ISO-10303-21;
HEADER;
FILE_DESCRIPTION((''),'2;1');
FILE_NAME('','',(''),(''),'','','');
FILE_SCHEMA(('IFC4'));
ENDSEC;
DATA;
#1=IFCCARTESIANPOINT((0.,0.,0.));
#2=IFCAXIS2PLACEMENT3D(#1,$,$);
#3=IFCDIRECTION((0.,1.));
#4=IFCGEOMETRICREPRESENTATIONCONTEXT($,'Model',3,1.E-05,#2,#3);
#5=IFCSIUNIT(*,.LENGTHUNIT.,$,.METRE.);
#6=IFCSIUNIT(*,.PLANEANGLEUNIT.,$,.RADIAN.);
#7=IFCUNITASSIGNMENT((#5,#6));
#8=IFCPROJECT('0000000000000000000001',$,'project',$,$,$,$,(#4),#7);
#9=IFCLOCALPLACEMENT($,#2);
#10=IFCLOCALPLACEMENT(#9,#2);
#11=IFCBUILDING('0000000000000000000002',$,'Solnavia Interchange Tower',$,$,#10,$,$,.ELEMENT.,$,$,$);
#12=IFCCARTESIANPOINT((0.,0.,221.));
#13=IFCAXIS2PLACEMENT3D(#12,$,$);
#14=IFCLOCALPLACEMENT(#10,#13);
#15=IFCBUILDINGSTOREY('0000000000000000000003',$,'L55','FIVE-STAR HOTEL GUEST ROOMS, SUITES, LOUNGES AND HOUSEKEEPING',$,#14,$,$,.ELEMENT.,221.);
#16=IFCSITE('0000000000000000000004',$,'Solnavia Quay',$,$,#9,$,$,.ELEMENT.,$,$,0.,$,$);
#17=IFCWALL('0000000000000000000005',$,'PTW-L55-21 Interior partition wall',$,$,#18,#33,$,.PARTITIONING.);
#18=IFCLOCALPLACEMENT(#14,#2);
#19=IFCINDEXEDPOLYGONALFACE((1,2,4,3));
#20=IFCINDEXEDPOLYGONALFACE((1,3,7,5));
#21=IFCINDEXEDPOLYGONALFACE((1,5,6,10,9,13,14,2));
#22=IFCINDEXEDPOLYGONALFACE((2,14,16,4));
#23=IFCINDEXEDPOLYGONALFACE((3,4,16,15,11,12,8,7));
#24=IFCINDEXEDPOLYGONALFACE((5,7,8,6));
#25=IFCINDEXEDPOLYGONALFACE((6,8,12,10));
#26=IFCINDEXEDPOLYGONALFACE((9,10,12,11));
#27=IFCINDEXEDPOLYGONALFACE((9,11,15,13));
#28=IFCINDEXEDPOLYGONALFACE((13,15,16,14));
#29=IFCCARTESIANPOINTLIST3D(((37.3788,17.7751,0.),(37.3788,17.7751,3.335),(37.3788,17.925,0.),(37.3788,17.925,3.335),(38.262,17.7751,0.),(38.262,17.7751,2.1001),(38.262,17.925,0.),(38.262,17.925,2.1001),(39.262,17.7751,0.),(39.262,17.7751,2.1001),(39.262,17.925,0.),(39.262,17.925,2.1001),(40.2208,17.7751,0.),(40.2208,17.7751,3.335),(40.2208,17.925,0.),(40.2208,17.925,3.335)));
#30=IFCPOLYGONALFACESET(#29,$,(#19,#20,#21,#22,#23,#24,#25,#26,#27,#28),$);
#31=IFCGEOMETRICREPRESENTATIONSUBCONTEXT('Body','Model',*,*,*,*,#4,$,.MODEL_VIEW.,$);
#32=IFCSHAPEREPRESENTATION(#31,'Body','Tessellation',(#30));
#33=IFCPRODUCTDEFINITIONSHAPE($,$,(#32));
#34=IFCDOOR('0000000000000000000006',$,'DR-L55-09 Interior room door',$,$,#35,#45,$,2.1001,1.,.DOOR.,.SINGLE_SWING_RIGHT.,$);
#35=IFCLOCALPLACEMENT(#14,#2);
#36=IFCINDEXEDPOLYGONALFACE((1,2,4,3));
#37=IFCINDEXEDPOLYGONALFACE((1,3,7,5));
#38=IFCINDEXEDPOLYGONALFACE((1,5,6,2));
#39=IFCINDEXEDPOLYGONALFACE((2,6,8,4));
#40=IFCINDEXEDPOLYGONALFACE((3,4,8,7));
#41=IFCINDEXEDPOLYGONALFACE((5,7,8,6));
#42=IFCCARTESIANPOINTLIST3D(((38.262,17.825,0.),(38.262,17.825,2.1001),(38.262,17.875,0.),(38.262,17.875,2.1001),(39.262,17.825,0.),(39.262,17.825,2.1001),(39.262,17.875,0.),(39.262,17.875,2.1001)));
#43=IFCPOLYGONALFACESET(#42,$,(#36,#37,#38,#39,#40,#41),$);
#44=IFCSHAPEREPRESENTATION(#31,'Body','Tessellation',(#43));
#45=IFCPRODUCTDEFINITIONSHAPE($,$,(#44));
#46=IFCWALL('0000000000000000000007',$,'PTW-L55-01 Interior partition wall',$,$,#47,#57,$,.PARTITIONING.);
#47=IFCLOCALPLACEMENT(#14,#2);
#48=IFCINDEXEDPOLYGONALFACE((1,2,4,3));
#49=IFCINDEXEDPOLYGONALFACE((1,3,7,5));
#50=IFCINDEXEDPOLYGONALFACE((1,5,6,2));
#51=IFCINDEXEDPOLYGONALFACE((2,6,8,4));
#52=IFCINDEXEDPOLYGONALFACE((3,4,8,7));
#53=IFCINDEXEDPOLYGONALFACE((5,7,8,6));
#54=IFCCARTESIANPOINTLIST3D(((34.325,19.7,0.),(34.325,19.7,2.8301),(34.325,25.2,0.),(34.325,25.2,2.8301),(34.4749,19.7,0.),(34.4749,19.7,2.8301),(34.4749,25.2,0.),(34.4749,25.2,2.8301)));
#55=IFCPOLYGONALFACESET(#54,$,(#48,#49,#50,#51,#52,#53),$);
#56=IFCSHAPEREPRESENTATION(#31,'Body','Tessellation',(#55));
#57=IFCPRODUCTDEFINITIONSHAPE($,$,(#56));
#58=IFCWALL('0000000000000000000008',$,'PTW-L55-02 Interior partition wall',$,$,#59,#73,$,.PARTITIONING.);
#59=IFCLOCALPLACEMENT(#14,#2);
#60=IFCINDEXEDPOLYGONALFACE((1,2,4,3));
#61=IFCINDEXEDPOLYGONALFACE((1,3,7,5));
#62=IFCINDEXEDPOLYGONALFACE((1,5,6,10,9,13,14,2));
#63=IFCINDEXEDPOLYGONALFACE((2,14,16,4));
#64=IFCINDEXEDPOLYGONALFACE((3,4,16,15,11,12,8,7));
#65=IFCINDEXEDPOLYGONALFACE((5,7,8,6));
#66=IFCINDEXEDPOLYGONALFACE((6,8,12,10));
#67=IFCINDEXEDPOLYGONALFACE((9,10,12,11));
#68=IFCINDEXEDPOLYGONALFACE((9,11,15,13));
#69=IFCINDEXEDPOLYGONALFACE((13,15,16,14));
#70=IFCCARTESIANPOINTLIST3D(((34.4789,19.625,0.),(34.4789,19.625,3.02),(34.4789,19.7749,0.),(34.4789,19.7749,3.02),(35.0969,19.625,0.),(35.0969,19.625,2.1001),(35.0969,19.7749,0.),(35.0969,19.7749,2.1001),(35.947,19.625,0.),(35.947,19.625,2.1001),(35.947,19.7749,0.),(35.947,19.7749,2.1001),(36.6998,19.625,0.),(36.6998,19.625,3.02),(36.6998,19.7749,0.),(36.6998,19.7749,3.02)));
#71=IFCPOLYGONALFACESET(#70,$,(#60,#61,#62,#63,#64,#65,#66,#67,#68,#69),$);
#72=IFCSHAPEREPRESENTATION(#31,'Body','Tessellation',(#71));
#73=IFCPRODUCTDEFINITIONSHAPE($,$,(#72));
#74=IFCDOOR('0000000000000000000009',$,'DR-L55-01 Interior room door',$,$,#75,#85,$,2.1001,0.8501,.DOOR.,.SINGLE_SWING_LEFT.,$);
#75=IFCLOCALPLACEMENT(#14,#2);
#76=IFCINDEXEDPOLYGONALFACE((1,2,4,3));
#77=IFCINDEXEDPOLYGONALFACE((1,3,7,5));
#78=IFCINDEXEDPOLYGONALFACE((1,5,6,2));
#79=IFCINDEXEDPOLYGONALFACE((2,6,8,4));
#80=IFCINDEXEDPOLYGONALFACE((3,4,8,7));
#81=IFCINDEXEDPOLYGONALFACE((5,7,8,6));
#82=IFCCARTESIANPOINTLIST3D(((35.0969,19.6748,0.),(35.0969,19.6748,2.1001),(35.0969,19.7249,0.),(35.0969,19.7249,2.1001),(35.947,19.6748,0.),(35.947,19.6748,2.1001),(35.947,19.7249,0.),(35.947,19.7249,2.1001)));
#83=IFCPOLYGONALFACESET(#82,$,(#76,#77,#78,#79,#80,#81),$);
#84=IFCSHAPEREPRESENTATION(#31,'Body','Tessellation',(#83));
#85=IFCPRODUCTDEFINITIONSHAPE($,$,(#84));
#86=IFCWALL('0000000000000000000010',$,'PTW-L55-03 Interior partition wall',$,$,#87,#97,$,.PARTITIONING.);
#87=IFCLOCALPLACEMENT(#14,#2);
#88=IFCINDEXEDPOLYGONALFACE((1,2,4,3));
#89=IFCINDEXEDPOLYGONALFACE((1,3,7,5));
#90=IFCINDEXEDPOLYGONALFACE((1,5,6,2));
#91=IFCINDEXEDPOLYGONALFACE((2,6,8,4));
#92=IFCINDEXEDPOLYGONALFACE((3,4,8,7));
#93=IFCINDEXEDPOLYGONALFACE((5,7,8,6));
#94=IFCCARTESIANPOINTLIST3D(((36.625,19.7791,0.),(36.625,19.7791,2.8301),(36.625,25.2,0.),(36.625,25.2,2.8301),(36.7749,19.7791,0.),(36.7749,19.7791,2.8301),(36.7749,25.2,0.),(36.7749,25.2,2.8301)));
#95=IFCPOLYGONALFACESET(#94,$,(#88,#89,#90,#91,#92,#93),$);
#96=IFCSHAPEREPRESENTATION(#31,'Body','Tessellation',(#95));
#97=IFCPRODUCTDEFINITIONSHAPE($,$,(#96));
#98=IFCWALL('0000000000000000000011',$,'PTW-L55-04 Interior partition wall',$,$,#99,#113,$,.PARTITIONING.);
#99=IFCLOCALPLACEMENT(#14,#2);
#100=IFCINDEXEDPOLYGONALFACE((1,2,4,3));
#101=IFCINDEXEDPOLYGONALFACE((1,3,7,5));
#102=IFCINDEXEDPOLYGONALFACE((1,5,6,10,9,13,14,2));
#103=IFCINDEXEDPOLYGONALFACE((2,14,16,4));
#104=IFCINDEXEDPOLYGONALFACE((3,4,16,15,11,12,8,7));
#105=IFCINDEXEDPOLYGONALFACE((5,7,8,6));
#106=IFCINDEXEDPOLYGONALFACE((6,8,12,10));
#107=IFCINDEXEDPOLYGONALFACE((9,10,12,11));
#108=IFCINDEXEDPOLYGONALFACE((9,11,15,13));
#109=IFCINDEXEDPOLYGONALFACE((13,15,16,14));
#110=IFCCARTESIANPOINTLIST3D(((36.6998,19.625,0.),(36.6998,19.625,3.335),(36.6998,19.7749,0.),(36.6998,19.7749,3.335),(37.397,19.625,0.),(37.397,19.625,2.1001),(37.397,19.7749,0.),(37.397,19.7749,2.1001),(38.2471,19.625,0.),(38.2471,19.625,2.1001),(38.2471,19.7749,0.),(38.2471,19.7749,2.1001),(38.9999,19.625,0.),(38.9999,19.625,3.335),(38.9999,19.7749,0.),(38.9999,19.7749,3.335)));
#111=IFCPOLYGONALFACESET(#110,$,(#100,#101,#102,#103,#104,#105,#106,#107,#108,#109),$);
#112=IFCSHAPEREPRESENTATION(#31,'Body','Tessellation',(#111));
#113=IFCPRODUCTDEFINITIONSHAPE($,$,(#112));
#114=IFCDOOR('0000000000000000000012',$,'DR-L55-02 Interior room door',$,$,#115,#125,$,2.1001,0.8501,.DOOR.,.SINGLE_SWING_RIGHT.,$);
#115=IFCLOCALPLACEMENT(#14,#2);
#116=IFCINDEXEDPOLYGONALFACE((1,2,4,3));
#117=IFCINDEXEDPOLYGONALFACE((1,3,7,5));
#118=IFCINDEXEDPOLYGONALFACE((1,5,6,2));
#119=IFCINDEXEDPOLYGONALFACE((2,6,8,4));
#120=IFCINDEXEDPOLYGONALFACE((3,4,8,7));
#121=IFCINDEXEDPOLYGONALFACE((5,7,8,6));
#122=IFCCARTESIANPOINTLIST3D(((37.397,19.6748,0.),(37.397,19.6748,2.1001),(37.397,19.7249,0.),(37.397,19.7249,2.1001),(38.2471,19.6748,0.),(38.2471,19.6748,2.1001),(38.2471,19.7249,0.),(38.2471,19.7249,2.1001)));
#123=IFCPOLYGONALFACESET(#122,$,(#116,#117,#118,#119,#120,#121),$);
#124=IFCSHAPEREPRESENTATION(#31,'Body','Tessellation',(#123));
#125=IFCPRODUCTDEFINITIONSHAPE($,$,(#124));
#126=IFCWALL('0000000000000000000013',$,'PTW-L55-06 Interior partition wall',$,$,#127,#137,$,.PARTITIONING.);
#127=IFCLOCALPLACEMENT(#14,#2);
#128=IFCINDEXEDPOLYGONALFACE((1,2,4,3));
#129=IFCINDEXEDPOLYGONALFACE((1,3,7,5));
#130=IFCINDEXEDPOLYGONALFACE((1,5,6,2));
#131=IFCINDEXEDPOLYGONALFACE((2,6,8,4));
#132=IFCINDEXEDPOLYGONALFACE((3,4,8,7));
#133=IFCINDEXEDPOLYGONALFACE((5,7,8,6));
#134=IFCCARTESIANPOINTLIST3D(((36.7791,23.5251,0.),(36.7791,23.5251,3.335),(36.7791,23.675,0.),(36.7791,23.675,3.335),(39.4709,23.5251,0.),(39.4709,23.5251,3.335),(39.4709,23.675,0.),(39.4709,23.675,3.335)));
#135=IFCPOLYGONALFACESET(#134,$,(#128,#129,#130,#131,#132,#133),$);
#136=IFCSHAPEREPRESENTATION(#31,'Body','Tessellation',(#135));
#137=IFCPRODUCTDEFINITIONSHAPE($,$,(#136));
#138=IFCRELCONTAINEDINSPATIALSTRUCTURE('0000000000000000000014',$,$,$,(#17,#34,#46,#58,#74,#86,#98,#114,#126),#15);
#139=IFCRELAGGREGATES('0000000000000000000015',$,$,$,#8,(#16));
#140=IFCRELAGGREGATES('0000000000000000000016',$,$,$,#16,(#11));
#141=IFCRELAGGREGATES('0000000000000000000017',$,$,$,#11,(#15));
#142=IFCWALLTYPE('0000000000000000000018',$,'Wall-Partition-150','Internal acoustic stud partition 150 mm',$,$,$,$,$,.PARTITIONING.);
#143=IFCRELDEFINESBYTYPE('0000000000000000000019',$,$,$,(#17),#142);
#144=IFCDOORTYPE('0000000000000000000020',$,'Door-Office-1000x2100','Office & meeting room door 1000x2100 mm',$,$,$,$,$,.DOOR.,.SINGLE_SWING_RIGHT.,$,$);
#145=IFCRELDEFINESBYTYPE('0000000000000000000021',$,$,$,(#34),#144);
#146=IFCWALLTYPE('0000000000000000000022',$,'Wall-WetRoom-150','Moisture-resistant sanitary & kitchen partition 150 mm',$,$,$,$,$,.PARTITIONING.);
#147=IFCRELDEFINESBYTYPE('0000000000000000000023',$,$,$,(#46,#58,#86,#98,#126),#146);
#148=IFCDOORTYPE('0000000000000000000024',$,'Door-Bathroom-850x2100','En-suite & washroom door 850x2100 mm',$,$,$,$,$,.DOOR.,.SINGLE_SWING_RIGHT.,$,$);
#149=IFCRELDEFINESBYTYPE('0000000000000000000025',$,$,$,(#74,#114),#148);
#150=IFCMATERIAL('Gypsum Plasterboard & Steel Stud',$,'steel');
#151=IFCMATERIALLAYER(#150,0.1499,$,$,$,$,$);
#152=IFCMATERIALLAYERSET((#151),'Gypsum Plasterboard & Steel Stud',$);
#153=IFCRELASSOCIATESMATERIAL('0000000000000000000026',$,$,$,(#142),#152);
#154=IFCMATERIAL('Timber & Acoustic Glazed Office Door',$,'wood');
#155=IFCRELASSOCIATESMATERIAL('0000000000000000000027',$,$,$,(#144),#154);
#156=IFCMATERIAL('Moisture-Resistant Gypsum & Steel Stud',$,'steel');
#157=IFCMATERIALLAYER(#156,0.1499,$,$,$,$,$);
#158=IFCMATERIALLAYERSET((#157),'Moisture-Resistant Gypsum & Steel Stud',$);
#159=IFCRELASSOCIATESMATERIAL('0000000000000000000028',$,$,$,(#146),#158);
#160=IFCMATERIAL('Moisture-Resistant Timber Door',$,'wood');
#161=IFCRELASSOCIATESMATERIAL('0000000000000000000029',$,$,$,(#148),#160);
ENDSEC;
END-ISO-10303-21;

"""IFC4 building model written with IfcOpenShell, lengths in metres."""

from ifc_helpers import new_model, si_unit, direction, frame, frame_2d, origin, place, context, subcontext, project, spatial, rectangle, extrude, material, layer, layer_set, type_object, element, fill, save


model = new_model("IFC4")

# Units and contexts
model_context = context("Model", 3, precision=1e-05, world=origin(), true_north=direction((0.0, 1.0)))
body_context = subcontext(model_context, "Body", "Model", "MODEL_VIEW")
ifc_project = project(units=[si_unit("LENGTHUNIT", "METRE"), si_unit("PLANEANGLEUNIT", "RADIAN")], contexts=[model_context])

# Site, building, storey
site_placement = place(None, origin())
site = spatial("IfcSite", under=ifc_project, at=site_placement, Name="Solnavia Quay", CompositionType="ELEMENT", RefElevation=0.0)
building_placement = place(site_placement, origin())
building = spatial("IfcBuilding", under=site, at=building_placement, Name="Solnavia Interchange Tower", CompositionType="ELEMENT")
storey_placement = place(building_placement, frame((0.0, 0.0, 221.0)))
storey = spatial("IfcBuildingStorey", under=building, at=storey_placement, Name="L55", Description="FIVE-STAR HOTEL GUEST ROOMS, SUITES, LOUNGES AND HOUSEKEEPING", CompositionType="ELEMENT", Elevation=221.0)

# Wall, opening, door
ifc_material_1 = material(Name="Gypsum Plasterboard & Steel Stud", Category="steel")
ifc_layer_1 = layer(ifc_material_1, 0.1499)
ifc_layer_set_1 = layer_set([ifc_layer_1], Name="Gypsum Plasterboard & Steel Stud")
wall_type_1 = type_object("IfcWallType", Name="Wall-Partition-150", Description="Internal acoustic stud partition 150 mm", PredefinedType="PARTITIONING", material=ifc_layer_set_1)
ifc_material_2 = material(Name="Timber & Acoustic Glazed Office Door", Category="wood")
door_type_1 = type_object("IfcDoorType", Name="Door-Office-1000x2100", Description="Office & meeting room door 1000x2100 mm", OperationType="SINGLE_SWING_RIGHT", PredefinedType="DOOR", material=ifc_material_2)
wall_1_placement = place(storey_placement, frame((37.3789, 17.8501, 0.0), z_axis=(0.0, 0.0, 1.0), x_axis=(1.0, 0.0, 0.0)))
wall_1 = element("IfcWall", 1, at=wall_1_placement, inside=storey, type_object=wall_type_1, Name="PTW-L55-21 Interior partition wall", PredefinedType="PARTITIONING", context=body_context, shape_type="SweptSolid", body=[
    extrude(rectangle(XDim=2.842, YDim=0.1499, at=frame_2d((1.4209, 0.0))), origin(), (0.0, 0.0, 1.0), 3.335),
])
opening_1_placement = place(wall_1_placement, frame((0.8831, 0.0, 0.0)))
opening_1 = element("IfcOpeningElement", 2, at=opening_1_placement, cuts=wall_1, PredefinedType="OPENING", context=body_context, shape_type="SweptSolid", body=[
    extrude(rectangle(XDim=1.0, YDim=2.1001, at=frame_2d((0.5, 1.05))), frame((0.0, 0.085, 0.0), z_axis=(0.0, -1.0, 0.0), x_axis=(1.0, 0.0, 0.0)), (0.0, 0.0, 1.0), 0.1699),
])
door_1_placement = place(opening_1_placement, origin())
door_1 = element("IfcDoor", 3, at=door_1_placement, inside=storey, type_object=door_type_1, Name="DR-L55-09 Interior room door", OperationType="SINGLE_SWING_RIGHT", OverallHeight=2.1001, OverallWidth=1.0, PredefinedType="DOOR", context=body_context, shape_type="SweptSolid", body=[
    extrude(rectangle(XDim=1.0, YDim=2.1001, at=frame_2d((0.5, 1.05))), frame((0.0, 0.0249, 0.0), z_axis=(0.0, -1.0, 0.0), x_axis=(1.0, 0.0, 0.0)), (0.0, 0.0, 1.0), 0.05),
])
fill(opening_1, door_1)

# Wall
ifc_material_3 = material(Name="Moisture-Resistant Gypsum & Steel Stud", Category="steel")
ifc_layer_2 = layer(ifc_material_3, 0.1499)
ifc_layer_set_2 = layer_set([ifc_layer_2], Name="Moisture-Resistant Gypsum & Steel Stud")
wall_type_2 = type_object("IfcWallType", Name="Wall-WetRoom-150", Description="Moisture-resistant sanitary & kitchen partition 150 mm", PredefinedType="PARTITIONING", material=ifc_layer_set_2)
wall_2_placement = place(storey_placement, frame((34.3999, 19.7, 0.0), z_axis=(0.0, 0.0, 1.0), x_axis=(0.0, 1.0, 0.0)))
element("IfcWall", 4, at=wall_2_placement, inside=storey, type_object=wall_type_2, Name="PTW-L55-01 Interior partition wall", PredefinedType="PARTITIONING", context=body_context, shape_type="SweptSolid", body=[
    extrude(rectangle(XDim=5.5, YDim=0.1499, at=frame_2d((2.75, 0.0))), origin(), (0.0, 0.0, 1.0), 2.8301),
])

# Wall, opening, door
wall_3_placement = place(storey_placement, frame((34.479, 19.7, 0.0), z_axis=(0.0, 0.0, 1.0), x_axis=(1.0, 0.0, 0.0)))
wall_3 = element("IfcWall", 5, at=wall_3_placement, inside=storey, type_object=wall_type_2, Name="PTW-L55-02 Interior partition wall", PredefinedType="PARTITIONING", context=body_context, shape_type="SweptSolid", body=[
    extrude(rectangle(XDim=2.2209, YDim=0.1499, at=frame_2d((1.1104, 0.0))), origin(), (0.0, 0.0, 1.0), 3.02),
])
opening_2_placement = place(wall_3_placement, frame((0.6179, 0.0, 0.0)))
opening_2 = element("IfcOpeningElement", 6, at=opening_2_placement, cuts=wall_3, PredefinedType="OPENING", context=body_context, shape_type="SweptSolid", body=[
    extrude(rectangle(XDim=0.8501, YDim=2.1001, at=frame_2d((0.425, 1.05))), frame((0.0, 0.085, 0.0), z_axis=(0.0, -1.0, 0.0), x_axis=(1.0, 0.0, 0.0)), (0.0, 0.0, 1.0), 0.1699),
])
ifc_material_4 = material(Name="Moisture-Resistant Timber Door", Category="wood")
door_type_2 = type_object("IfcDoorType", Name="Door-Bathroom-850x2100", Description="En-suite & washroom door 850x2100 mm", OperationType="SINGLE_SWING_RIGHT", PredefinedType="DOOR", material=ifc_material_4)
door_2_placement = place(opening_2_placement, origin())
door_2 = element("IfcDoor", 7, at=door_2_placement, inside=storey, type_object=door_type_2, Name="DR-L55-01 Interior room door", OperationType="SINGLE_SWING_LEFT", OverallHeight=2.1001, OverallWidth=0.8501, PredefinedType="DOOR", context=body_context, shape_type="SweptSolid", body=[
    extrude(rectangle(XDim=0.8501, YDim=2.1001, at=frame_2d((0.425, 1.05))), frame((0.0, 0.0249, 0.0), z_axis=(0.0, -1.0, 0.0), x_axis=(1.0, 0.0, 0.0)), (0.0, 0.0, 1.0), 0.05),
])
fill(opening_2, door_2)

# Wall
wall_4_placement = place(storey_placement, frame((36.7, 19.7791, 0.0), z_axis=(0.0, 0.0, 1.0), x_axis=(0.0, 1.0, 0.0)))
element("IfcWall", 8, at=wall_4_placement, inside=storey, type_object=wall_type_2, Name="PTW-L55-03 Interior partition wall", PredefinedType="PARTITIONING", context=body_context, shape_type="SweptSolid", body=[
    extrude(rectangle(XDim=5.4209, YDim=0.1499, at=frame_2d((2.7104, 0.0))), origin(), (0.0, 0.0, 1.0), 2.8301),
])

# Wall, opening, door
wall_5_placement = place(storey_placement, frame((36.7, 19.7, 0.0), z_axis=(0.0, 0.0, 1.0), x_axis=(1.0, 0.0, 0.0)))
wall_5 = element("IfcWall", 9, at=wall_5_placement, inside=storey, type_object=wall_type_2, Name="PTW-L55-04 Interior partition wall", PredefinedType="PARTITIONING", context=body_context, shape_type="SweptSolid", body=[
    extrude(rectangle(XDim=2.3, YDim=0.1499, at=frame_2d((1.1499, 0.0))), origin(), (0.0, 0.0, 1.0), 3.335),
])
opening_3_placement = place(wall_5_placement, frame((0.697, 0.0, 0.0)))
opening_3 = element("IfcOpeningElement", 10, at=opening_3_placement, cuts=wall_5, PredefinedType="OPENING", context=body_context, shape_type="SweptSolid", body=[
    extrude(rectangle(XDim=0.8501, YDim=2.1001, at=frame_2d((0.425, 1.05))), frame((0.0, 0.085, 0.0), z_axis=(0.0, -1.0, 0.0), x_axis=(1.0, 0.0, 0.0)), (0.0, 0.0, 1.0), 0.1699),
])
door_3_placement = place(opening_3_placement, origin())
door_3 = element("IfcDoor", 11, at=door_3_placement, inside=storey, type_object=door_type_2, Name="DR-L55-02 Interior room door", OperationType="SINGLE_SWING_RIGHT", OverallHeight=2.1001, OverallWidth=0.8501, PredefinedType="DOOR", context=body_context, shape_type="SweptSolid", body=[
    extrude(rectangle(XDim=0.8501, YDim=2.1001, at=frame_2d((0.425, 1.05))), frame((0.0, 0.0249, 0.0), z_axis=(0.0, -1.0, 0.0), x_axis=(1.0, 0.0, 0.0)), (0.0, 0.0, 1.0), 0.05),
])
fill(opening_3, door_3)

# Wall
wall_6_placement = place(storey_placement, frame((36.7791, 23.6001, 0.0), z_axis=(0.0, 0.0, 1.0), x_axis=(1.0, 0.0, 0.0)))
element("IfcWall", 12, at=wall_6_placement, inside=storey, type_object=wall_type_2, Name="PTW-L55-06 Interior partition wall", PredefinedType="PARTITIONING", context=body_context, shape_type="SweptSolid", body=[
    extrude(rectangle(XDim=2.6919, YDim=0.1499, at=frame_2d((1.3459, 0.0))), origin(), (0.0, 0.0, 1.0), 3.335),
])

save(model, "model.ifc")
